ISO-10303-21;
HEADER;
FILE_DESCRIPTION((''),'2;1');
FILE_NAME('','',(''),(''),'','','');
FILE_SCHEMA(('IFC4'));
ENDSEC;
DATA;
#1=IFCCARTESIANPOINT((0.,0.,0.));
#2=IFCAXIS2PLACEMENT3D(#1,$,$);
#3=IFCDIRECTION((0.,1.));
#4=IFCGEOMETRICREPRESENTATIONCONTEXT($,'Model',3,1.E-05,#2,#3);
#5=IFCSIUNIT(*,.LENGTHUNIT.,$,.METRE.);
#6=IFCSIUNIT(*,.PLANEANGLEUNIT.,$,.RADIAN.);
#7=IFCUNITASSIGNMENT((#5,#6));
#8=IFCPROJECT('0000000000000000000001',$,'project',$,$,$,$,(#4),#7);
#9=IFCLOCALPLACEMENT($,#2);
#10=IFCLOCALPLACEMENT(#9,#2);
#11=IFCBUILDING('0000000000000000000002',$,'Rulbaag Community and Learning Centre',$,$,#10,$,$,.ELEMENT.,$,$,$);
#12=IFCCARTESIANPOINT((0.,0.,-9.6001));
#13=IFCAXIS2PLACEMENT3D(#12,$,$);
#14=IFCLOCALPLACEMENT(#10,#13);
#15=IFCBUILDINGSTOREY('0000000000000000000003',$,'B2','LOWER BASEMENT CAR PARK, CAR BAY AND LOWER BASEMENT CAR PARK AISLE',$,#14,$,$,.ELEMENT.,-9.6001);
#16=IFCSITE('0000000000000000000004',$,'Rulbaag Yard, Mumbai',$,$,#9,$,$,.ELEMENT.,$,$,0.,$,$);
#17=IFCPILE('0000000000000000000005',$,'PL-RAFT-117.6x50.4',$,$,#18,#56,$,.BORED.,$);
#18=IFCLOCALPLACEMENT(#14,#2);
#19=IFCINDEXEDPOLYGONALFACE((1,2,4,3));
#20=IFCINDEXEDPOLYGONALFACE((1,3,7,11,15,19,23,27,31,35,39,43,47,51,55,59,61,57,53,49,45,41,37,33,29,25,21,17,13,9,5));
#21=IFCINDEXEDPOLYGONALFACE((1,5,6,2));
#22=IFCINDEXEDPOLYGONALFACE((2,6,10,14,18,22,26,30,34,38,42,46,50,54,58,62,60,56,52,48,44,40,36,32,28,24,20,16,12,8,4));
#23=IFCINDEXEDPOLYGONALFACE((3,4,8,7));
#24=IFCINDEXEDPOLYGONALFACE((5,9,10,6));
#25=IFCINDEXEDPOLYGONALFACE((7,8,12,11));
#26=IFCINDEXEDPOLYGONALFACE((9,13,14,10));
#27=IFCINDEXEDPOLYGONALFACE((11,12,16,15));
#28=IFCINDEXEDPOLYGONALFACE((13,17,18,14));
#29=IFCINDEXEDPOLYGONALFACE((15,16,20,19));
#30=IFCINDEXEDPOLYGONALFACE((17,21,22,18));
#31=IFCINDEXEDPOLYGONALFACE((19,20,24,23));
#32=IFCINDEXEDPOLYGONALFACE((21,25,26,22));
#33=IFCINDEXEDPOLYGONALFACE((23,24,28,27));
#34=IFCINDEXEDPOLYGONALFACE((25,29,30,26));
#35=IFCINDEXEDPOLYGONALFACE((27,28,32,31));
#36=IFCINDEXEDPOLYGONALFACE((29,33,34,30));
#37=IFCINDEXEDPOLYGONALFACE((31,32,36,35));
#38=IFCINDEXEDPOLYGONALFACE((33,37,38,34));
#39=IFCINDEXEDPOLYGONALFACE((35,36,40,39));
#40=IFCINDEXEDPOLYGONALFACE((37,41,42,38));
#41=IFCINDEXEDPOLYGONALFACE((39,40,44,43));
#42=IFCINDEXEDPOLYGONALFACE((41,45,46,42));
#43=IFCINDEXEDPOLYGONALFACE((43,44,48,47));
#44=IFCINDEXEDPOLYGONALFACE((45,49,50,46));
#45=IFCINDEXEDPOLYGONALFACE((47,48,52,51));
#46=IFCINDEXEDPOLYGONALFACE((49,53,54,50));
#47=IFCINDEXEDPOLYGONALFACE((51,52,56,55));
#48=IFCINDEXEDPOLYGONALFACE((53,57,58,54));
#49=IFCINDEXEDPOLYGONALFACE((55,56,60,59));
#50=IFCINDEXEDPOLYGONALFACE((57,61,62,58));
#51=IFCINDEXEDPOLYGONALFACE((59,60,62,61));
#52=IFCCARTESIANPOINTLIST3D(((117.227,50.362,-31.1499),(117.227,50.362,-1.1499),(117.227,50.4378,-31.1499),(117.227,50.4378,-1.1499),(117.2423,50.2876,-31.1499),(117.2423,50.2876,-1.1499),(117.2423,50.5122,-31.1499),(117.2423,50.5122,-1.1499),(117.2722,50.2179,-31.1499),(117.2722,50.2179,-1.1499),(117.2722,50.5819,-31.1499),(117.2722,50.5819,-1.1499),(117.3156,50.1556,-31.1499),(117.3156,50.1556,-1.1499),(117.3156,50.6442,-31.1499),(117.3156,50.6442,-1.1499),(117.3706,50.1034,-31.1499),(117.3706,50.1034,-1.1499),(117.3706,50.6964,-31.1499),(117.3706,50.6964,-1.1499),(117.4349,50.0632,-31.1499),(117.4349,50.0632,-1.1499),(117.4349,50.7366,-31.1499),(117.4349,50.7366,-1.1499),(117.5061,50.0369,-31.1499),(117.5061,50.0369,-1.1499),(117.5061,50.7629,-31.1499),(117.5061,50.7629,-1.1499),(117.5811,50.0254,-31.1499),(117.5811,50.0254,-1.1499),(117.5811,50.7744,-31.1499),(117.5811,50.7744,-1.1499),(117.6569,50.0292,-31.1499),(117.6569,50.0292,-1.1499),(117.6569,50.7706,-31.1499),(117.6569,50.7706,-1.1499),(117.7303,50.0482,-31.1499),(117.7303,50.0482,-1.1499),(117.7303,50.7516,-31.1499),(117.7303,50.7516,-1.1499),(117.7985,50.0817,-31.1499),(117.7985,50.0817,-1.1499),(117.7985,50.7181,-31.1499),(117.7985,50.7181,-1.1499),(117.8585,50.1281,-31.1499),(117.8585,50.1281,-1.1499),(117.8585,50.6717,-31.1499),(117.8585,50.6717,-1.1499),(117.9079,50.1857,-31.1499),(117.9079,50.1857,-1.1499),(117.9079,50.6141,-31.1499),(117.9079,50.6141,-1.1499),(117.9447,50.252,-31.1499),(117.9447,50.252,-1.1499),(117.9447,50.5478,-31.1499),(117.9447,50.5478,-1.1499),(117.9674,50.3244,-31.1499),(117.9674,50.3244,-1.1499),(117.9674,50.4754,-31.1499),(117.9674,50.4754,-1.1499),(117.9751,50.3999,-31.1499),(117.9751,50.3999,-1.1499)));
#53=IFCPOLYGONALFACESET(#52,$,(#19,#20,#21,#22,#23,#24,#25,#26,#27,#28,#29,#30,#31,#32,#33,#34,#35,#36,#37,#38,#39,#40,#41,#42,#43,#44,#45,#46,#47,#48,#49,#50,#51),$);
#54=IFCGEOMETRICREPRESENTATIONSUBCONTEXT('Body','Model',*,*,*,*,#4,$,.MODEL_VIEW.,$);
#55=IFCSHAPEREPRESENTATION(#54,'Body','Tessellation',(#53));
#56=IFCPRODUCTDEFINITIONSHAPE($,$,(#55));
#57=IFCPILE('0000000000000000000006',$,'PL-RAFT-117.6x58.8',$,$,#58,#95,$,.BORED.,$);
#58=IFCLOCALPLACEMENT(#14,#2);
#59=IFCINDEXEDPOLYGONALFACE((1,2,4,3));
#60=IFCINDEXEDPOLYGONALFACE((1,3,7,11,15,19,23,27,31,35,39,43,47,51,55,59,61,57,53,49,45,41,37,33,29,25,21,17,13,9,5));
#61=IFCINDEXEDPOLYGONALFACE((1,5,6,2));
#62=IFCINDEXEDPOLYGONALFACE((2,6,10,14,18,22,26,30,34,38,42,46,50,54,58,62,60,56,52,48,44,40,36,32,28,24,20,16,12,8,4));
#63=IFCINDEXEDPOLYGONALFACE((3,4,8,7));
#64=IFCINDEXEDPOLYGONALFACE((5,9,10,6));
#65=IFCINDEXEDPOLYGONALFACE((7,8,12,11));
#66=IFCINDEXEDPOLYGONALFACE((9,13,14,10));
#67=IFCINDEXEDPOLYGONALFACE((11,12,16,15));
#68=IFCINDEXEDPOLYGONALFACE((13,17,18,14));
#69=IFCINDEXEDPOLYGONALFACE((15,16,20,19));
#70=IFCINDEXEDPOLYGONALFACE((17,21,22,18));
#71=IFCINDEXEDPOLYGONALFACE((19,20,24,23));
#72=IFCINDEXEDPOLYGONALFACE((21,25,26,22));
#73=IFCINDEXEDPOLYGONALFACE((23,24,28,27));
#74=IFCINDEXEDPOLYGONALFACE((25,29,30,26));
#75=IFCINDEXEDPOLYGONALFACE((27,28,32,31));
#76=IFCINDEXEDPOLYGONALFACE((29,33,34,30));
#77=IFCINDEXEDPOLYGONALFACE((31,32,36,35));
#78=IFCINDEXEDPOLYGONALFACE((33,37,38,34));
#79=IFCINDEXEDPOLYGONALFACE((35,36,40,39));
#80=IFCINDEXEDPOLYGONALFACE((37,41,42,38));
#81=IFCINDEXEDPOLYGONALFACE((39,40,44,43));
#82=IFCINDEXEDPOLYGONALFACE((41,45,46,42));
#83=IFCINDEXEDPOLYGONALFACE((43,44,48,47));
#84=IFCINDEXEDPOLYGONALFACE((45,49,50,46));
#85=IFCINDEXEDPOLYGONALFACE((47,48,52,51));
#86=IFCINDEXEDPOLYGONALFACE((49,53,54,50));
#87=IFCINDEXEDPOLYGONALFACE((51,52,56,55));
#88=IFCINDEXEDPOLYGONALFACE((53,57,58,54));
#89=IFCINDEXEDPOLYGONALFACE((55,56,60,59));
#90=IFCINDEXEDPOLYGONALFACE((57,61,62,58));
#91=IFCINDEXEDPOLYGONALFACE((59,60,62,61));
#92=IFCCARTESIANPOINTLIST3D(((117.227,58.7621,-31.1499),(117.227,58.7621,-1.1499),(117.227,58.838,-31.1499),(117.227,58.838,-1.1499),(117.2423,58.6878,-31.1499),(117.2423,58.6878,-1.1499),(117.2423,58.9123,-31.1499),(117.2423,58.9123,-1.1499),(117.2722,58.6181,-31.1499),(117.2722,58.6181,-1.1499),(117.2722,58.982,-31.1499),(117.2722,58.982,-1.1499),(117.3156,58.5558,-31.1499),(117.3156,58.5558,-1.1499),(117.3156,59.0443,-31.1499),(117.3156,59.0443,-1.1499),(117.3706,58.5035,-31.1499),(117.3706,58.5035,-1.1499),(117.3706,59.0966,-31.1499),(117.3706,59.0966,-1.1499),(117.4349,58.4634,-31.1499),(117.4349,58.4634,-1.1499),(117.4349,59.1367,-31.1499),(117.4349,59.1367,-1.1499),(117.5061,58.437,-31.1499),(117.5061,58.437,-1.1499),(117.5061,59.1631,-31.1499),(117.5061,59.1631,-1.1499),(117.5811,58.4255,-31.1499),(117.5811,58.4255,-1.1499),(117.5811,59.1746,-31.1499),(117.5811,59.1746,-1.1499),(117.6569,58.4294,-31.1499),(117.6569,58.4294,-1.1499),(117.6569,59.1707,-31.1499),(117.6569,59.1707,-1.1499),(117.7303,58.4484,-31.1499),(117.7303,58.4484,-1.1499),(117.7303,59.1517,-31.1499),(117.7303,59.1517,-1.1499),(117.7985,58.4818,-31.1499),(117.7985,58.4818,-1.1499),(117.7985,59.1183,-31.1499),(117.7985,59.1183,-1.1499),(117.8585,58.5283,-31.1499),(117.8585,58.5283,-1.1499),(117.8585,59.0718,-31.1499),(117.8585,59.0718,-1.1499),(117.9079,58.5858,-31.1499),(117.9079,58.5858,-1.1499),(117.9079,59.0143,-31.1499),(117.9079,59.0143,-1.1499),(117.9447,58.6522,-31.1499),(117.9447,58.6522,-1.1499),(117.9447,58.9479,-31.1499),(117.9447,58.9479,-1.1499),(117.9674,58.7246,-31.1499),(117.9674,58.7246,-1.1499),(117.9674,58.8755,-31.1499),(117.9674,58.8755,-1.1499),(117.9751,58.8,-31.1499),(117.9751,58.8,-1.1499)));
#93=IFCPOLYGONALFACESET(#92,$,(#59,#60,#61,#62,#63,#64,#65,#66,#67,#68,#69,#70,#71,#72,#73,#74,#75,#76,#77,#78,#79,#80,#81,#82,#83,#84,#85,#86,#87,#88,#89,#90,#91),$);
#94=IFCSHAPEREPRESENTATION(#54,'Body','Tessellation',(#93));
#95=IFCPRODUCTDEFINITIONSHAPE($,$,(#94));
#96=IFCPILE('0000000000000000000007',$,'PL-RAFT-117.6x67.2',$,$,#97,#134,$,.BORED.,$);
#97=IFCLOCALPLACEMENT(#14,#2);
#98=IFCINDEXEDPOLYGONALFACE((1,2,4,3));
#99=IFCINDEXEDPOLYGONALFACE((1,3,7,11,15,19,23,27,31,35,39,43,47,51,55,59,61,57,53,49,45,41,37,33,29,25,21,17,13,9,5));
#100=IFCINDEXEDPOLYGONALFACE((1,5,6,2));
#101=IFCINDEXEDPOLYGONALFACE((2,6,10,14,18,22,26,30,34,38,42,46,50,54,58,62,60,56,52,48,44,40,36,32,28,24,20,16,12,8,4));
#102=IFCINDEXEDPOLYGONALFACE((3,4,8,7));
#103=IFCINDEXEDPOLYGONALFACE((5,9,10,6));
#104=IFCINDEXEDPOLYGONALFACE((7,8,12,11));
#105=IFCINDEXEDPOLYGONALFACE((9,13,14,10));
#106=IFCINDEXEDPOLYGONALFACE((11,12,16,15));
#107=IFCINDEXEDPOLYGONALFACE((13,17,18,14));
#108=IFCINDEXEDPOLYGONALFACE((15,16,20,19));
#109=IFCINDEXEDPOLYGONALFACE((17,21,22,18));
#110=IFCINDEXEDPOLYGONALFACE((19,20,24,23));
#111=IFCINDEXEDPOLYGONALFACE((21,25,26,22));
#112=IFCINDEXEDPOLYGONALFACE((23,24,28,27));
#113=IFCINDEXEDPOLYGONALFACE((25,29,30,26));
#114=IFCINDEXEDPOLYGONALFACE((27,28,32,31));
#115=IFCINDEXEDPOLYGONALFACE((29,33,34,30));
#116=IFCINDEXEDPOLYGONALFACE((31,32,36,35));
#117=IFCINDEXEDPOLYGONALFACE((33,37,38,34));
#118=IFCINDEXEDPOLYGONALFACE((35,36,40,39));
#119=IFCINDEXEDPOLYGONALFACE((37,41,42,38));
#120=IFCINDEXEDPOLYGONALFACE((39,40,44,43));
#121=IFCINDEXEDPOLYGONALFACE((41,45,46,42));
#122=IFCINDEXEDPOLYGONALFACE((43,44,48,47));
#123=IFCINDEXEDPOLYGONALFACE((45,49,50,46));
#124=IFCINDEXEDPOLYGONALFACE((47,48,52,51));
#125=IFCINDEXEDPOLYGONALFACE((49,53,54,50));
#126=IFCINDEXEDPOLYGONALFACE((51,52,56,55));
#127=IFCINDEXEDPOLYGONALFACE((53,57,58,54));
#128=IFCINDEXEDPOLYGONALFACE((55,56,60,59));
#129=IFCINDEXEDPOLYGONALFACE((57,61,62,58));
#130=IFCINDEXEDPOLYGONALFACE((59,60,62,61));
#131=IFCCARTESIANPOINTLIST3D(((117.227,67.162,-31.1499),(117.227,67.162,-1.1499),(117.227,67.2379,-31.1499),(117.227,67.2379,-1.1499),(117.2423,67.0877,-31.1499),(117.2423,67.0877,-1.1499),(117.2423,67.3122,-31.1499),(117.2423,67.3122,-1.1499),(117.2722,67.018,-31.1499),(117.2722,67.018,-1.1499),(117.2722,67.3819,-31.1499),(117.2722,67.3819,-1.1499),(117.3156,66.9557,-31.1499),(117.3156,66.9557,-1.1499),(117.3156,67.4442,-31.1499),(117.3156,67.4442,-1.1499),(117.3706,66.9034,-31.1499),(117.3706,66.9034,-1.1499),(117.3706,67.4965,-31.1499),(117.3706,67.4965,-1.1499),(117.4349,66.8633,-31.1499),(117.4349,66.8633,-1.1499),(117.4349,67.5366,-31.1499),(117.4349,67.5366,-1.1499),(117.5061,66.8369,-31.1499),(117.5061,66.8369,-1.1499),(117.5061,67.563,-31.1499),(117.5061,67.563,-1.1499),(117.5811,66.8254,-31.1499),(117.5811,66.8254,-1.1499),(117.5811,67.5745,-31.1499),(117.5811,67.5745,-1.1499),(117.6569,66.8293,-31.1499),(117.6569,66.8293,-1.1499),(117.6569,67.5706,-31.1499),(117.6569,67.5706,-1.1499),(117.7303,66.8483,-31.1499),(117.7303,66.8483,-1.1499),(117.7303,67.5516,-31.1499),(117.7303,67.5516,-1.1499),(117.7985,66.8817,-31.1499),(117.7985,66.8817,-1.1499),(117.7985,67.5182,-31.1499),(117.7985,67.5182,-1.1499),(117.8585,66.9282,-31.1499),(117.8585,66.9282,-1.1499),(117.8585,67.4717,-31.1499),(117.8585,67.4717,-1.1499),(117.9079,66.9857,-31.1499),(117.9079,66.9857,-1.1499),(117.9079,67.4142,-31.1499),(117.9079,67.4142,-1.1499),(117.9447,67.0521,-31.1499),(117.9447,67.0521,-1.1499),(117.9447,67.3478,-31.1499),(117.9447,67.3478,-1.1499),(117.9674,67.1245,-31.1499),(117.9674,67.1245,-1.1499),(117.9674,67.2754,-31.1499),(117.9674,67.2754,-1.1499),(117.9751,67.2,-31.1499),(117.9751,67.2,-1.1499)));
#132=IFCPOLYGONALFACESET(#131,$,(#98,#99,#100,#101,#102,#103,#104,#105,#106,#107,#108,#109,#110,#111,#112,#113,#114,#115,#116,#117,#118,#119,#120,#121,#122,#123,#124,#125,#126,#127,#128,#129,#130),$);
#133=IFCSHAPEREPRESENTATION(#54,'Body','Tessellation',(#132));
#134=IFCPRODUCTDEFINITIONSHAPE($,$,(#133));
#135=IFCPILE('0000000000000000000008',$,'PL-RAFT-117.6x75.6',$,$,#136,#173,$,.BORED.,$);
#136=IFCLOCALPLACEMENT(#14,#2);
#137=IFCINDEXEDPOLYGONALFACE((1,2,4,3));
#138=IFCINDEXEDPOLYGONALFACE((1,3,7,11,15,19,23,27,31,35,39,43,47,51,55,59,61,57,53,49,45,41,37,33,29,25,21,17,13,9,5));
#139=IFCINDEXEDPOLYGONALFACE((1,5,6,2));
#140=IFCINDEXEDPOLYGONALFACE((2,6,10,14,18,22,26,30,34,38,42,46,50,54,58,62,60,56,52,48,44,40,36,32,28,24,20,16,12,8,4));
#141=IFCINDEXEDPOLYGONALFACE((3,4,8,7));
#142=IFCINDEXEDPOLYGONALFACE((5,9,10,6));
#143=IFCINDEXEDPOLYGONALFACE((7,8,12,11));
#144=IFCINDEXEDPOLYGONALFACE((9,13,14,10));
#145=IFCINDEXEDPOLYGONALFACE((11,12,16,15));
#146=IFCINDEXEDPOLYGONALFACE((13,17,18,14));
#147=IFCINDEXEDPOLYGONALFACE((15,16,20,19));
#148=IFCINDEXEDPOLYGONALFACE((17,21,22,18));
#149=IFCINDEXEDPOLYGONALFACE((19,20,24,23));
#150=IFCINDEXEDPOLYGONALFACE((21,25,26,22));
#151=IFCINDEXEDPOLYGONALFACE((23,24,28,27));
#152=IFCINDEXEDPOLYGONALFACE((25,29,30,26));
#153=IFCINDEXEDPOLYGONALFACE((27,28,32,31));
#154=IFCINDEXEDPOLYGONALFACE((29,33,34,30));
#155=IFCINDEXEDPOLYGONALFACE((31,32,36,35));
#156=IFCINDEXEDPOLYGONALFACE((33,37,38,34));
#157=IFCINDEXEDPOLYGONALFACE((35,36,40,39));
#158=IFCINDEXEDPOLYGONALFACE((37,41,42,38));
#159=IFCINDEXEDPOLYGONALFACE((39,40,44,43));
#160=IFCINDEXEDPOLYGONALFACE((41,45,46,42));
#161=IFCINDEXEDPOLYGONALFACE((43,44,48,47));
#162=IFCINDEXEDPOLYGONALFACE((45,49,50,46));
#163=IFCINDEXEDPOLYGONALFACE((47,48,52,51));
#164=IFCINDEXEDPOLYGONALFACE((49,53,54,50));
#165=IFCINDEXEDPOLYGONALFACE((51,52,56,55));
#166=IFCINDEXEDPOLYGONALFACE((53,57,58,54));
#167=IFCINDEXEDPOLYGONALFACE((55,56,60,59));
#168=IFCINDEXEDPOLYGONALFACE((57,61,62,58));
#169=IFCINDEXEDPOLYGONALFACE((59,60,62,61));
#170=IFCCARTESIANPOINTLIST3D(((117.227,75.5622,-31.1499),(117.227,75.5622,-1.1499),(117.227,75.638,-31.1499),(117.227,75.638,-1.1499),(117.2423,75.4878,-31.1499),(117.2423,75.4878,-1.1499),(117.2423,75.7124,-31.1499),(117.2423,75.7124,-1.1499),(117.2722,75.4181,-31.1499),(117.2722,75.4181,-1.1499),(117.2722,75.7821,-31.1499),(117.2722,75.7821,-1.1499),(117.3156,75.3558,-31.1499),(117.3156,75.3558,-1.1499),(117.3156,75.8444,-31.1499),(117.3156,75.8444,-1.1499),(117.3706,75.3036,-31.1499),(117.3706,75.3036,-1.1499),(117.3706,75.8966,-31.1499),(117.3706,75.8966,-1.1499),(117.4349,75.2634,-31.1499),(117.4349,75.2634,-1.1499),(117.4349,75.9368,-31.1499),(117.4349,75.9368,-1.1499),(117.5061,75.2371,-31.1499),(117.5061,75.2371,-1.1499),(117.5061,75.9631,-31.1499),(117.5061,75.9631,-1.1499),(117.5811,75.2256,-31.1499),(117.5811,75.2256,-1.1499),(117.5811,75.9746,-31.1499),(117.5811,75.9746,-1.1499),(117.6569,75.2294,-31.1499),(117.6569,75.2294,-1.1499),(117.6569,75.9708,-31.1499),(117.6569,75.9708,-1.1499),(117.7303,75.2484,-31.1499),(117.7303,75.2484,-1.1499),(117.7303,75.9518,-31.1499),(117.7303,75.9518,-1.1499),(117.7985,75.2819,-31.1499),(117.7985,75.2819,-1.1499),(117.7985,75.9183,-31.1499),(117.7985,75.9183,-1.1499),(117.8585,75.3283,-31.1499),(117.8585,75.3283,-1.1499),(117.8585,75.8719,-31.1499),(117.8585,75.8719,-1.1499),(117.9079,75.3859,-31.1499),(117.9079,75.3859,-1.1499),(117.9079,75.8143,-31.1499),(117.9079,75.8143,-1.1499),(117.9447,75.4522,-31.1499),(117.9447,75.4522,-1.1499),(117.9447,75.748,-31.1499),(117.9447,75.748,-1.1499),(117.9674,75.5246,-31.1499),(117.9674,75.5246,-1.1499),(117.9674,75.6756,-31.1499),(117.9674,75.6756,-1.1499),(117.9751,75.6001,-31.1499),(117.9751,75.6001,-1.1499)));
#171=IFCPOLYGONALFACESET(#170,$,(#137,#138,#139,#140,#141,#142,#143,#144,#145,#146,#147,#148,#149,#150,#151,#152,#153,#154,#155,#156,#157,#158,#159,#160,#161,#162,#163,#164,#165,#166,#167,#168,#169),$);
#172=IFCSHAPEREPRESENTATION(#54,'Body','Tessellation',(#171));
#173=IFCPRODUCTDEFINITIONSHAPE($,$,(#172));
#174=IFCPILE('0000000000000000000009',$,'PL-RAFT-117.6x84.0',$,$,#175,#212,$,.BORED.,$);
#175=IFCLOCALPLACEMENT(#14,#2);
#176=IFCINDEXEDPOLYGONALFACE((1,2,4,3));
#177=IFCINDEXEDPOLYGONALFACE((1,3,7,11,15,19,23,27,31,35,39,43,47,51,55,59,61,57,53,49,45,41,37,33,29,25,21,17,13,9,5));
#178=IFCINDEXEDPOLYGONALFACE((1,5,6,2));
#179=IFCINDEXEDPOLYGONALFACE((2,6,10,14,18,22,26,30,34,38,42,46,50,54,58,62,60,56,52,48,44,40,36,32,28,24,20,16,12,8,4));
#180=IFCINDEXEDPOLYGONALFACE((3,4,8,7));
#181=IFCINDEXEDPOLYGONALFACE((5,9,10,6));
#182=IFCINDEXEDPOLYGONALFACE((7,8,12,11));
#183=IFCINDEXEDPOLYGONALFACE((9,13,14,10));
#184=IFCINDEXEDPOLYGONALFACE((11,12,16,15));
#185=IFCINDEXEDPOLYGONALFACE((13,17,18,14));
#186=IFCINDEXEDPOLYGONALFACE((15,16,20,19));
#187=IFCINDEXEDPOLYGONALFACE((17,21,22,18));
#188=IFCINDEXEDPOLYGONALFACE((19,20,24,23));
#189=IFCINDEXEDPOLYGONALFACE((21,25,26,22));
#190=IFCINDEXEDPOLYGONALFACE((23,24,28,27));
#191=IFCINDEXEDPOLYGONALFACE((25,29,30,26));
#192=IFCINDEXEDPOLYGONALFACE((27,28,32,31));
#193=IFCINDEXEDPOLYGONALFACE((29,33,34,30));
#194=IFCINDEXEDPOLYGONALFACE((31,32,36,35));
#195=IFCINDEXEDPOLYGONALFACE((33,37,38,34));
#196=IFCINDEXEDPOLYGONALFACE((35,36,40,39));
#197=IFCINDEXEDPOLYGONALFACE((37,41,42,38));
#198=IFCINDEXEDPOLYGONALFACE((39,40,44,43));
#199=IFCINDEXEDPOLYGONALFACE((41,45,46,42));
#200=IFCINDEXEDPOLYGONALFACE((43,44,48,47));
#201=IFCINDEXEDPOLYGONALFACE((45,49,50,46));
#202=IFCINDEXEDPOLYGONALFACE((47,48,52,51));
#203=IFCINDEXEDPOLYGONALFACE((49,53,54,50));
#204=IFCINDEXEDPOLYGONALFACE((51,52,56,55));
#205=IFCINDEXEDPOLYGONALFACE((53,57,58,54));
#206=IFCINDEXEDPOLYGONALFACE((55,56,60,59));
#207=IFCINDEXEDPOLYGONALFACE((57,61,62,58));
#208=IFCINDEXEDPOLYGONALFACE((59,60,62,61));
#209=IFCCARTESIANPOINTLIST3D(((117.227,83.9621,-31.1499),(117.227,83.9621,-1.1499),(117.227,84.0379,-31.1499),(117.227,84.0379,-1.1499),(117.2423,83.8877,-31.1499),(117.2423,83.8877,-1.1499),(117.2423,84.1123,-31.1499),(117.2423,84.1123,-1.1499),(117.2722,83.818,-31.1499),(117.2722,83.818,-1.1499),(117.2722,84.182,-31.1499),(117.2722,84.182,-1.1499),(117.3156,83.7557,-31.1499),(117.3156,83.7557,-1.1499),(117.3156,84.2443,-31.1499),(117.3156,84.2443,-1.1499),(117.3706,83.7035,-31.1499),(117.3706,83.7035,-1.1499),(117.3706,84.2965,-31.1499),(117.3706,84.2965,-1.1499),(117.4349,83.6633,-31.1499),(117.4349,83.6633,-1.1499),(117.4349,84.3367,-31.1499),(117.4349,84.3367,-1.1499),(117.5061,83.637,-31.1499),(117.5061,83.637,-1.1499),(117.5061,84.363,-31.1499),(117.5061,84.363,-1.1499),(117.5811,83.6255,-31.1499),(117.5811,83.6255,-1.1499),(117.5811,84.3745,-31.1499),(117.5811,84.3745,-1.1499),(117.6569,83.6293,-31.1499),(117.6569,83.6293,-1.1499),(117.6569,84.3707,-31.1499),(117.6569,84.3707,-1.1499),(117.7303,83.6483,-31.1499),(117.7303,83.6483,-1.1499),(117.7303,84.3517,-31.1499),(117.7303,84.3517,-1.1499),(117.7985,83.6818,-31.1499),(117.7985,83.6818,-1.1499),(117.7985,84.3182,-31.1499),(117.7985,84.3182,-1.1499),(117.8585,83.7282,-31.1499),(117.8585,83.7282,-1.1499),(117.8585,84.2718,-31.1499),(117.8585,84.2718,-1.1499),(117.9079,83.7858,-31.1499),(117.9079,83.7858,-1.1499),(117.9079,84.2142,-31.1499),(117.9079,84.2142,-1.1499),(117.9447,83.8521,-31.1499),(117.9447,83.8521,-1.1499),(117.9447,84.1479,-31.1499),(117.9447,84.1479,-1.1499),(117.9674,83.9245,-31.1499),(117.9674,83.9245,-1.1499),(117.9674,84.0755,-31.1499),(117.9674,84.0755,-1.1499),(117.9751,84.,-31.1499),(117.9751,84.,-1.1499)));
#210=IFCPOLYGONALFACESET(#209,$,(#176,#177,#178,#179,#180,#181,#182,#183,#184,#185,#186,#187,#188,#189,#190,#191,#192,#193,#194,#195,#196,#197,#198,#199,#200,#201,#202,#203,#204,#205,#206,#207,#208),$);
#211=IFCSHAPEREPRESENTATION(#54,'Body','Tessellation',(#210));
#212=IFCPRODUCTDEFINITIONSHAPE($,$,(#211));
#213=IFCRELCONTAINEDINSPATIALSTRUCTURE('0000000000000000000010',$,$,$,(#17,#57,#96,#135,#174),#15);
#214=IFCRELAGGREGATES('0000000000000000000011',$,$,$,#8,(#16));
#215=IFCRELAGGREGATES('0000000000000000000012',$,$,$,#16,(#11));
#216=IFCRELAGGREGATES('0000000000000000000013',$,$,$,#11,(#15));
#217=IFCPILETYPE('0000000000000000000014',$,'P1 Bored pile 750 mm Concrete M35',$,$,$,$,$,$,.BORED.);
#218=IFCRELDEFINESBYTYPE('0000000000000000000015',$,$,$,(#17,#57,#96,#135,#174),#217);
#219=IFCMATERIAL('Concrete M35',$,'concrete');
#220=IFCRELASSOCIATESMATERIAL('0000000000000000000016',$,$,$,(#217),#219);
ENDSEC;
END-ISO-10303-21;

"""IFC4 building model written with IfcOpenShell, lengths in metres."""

from ifc_helpers import new_model, si_unit, direction, frame, origin, origin_2d, place, context, subcontext, project, spatial, circle, extrude, material, material_profile, profile_set, type_object, element, save


model = new_model("IFC4")

# Units and contexts
model_context = context("Model", 3, precision=1e-05, world=origin(), true_north=direction((0.0, 1.0)))
body_context = subcontext(model_context, "Body", "Model", "MODEL_VIEW")
ifc_project = project(units=[si_unit("LENGTHUNIT", "METRE"), si_unit("PLANEANGLEUNIT", "RADIAN")], contexts=[model_context])

# Site, building, storey
site_placement = place(None, origin())
site = spatial("IfcSite", under=ifc_project, at=site_placement, Name="Rulbaag Yard, Mumbai", CompositionType="ELEMENT", RefElevation=0.0)
building_placement = place(site_placement, origin())
building = spatial("IfcBuilding", under=site, at=building_placement, Name="Rulbaag Community and Learning Centre", CompositionType="ELEMENT")
storey_placement = place(building_placement, frame((0.0, 0.0, -9.6001)))
storey = spatial("IfcBuildingStorey", under=building, at=storey_placement, Name="B2", Description="LOWER BASEMENT CAR PARK, CAR BAY AND LOWER BASEMENT CAR PARK AISLE", CompositionType="ELEMENT", Elevation=-9.6001)

# Piles
ifc_material_1 = material(Name="Concrete M35", Category="concrete")
ifc_material_profile_1 = material_profile(ifc_material_1, circle(Radius=0.375, at=origin_2d()), Name="BP750")
ifc_profile_set_1 = profile_set([ifc_material_profile_1], Name="Concrete M35")
pile_type_1 = type_object("IfcPileType", Name="P1 Bored pile 750 mm Concrete M35", PredefinedType="BORED", material=ifc_profile_set_1)
for number, where, z_axis, x_axis, name in (
    (1, (117.6001, 50.3999, -1.1499), (0.0, 0.0, -1.0), (1.0, 0.0, 0.0), "PL-RAFT-117.6x50.4"),
    (2, (117.6001, 58.8, -1.1499), (0.0, 0.0, -1.0), (1.0, 0.0, 0.0), "PL-RAFT-117.6x58.8"),
    (3, (117.6001, 67.2, -1.1499), (0.0, 0.0, -1.0), (1.0, 0.0, 0.0), "PL-RAFT-117.6x67.2"),
    (4, (117.6001, 75.6001, -1.1499), (0.0, 0.0, -1.0), (1.0, 0.0, 0.0), "PL-RAFT-117.6x75.6"),
    (5, (117.6001, 84.0, -1.1499), (0.0, 0.0, -1.0), (1.0, 0.0, 0.0), "PL-RAFT-117.6x84.0"),
):
    element("IfcPile", number, at=place(storey_placement, frame(where, z_axis=z_axis, x_axis=x_axis)), inside=storey, type_object=pile_type_1, Name=name, PredefinedType="BORED", context=body_context, shape_type="SweptSolid", body=[
        extrude(circle(Radius=0.375, at=origin_2d()), origin(), (0.0, 0.0, 1.0), 30.0),
    ])

save(model, "model.ifc")
